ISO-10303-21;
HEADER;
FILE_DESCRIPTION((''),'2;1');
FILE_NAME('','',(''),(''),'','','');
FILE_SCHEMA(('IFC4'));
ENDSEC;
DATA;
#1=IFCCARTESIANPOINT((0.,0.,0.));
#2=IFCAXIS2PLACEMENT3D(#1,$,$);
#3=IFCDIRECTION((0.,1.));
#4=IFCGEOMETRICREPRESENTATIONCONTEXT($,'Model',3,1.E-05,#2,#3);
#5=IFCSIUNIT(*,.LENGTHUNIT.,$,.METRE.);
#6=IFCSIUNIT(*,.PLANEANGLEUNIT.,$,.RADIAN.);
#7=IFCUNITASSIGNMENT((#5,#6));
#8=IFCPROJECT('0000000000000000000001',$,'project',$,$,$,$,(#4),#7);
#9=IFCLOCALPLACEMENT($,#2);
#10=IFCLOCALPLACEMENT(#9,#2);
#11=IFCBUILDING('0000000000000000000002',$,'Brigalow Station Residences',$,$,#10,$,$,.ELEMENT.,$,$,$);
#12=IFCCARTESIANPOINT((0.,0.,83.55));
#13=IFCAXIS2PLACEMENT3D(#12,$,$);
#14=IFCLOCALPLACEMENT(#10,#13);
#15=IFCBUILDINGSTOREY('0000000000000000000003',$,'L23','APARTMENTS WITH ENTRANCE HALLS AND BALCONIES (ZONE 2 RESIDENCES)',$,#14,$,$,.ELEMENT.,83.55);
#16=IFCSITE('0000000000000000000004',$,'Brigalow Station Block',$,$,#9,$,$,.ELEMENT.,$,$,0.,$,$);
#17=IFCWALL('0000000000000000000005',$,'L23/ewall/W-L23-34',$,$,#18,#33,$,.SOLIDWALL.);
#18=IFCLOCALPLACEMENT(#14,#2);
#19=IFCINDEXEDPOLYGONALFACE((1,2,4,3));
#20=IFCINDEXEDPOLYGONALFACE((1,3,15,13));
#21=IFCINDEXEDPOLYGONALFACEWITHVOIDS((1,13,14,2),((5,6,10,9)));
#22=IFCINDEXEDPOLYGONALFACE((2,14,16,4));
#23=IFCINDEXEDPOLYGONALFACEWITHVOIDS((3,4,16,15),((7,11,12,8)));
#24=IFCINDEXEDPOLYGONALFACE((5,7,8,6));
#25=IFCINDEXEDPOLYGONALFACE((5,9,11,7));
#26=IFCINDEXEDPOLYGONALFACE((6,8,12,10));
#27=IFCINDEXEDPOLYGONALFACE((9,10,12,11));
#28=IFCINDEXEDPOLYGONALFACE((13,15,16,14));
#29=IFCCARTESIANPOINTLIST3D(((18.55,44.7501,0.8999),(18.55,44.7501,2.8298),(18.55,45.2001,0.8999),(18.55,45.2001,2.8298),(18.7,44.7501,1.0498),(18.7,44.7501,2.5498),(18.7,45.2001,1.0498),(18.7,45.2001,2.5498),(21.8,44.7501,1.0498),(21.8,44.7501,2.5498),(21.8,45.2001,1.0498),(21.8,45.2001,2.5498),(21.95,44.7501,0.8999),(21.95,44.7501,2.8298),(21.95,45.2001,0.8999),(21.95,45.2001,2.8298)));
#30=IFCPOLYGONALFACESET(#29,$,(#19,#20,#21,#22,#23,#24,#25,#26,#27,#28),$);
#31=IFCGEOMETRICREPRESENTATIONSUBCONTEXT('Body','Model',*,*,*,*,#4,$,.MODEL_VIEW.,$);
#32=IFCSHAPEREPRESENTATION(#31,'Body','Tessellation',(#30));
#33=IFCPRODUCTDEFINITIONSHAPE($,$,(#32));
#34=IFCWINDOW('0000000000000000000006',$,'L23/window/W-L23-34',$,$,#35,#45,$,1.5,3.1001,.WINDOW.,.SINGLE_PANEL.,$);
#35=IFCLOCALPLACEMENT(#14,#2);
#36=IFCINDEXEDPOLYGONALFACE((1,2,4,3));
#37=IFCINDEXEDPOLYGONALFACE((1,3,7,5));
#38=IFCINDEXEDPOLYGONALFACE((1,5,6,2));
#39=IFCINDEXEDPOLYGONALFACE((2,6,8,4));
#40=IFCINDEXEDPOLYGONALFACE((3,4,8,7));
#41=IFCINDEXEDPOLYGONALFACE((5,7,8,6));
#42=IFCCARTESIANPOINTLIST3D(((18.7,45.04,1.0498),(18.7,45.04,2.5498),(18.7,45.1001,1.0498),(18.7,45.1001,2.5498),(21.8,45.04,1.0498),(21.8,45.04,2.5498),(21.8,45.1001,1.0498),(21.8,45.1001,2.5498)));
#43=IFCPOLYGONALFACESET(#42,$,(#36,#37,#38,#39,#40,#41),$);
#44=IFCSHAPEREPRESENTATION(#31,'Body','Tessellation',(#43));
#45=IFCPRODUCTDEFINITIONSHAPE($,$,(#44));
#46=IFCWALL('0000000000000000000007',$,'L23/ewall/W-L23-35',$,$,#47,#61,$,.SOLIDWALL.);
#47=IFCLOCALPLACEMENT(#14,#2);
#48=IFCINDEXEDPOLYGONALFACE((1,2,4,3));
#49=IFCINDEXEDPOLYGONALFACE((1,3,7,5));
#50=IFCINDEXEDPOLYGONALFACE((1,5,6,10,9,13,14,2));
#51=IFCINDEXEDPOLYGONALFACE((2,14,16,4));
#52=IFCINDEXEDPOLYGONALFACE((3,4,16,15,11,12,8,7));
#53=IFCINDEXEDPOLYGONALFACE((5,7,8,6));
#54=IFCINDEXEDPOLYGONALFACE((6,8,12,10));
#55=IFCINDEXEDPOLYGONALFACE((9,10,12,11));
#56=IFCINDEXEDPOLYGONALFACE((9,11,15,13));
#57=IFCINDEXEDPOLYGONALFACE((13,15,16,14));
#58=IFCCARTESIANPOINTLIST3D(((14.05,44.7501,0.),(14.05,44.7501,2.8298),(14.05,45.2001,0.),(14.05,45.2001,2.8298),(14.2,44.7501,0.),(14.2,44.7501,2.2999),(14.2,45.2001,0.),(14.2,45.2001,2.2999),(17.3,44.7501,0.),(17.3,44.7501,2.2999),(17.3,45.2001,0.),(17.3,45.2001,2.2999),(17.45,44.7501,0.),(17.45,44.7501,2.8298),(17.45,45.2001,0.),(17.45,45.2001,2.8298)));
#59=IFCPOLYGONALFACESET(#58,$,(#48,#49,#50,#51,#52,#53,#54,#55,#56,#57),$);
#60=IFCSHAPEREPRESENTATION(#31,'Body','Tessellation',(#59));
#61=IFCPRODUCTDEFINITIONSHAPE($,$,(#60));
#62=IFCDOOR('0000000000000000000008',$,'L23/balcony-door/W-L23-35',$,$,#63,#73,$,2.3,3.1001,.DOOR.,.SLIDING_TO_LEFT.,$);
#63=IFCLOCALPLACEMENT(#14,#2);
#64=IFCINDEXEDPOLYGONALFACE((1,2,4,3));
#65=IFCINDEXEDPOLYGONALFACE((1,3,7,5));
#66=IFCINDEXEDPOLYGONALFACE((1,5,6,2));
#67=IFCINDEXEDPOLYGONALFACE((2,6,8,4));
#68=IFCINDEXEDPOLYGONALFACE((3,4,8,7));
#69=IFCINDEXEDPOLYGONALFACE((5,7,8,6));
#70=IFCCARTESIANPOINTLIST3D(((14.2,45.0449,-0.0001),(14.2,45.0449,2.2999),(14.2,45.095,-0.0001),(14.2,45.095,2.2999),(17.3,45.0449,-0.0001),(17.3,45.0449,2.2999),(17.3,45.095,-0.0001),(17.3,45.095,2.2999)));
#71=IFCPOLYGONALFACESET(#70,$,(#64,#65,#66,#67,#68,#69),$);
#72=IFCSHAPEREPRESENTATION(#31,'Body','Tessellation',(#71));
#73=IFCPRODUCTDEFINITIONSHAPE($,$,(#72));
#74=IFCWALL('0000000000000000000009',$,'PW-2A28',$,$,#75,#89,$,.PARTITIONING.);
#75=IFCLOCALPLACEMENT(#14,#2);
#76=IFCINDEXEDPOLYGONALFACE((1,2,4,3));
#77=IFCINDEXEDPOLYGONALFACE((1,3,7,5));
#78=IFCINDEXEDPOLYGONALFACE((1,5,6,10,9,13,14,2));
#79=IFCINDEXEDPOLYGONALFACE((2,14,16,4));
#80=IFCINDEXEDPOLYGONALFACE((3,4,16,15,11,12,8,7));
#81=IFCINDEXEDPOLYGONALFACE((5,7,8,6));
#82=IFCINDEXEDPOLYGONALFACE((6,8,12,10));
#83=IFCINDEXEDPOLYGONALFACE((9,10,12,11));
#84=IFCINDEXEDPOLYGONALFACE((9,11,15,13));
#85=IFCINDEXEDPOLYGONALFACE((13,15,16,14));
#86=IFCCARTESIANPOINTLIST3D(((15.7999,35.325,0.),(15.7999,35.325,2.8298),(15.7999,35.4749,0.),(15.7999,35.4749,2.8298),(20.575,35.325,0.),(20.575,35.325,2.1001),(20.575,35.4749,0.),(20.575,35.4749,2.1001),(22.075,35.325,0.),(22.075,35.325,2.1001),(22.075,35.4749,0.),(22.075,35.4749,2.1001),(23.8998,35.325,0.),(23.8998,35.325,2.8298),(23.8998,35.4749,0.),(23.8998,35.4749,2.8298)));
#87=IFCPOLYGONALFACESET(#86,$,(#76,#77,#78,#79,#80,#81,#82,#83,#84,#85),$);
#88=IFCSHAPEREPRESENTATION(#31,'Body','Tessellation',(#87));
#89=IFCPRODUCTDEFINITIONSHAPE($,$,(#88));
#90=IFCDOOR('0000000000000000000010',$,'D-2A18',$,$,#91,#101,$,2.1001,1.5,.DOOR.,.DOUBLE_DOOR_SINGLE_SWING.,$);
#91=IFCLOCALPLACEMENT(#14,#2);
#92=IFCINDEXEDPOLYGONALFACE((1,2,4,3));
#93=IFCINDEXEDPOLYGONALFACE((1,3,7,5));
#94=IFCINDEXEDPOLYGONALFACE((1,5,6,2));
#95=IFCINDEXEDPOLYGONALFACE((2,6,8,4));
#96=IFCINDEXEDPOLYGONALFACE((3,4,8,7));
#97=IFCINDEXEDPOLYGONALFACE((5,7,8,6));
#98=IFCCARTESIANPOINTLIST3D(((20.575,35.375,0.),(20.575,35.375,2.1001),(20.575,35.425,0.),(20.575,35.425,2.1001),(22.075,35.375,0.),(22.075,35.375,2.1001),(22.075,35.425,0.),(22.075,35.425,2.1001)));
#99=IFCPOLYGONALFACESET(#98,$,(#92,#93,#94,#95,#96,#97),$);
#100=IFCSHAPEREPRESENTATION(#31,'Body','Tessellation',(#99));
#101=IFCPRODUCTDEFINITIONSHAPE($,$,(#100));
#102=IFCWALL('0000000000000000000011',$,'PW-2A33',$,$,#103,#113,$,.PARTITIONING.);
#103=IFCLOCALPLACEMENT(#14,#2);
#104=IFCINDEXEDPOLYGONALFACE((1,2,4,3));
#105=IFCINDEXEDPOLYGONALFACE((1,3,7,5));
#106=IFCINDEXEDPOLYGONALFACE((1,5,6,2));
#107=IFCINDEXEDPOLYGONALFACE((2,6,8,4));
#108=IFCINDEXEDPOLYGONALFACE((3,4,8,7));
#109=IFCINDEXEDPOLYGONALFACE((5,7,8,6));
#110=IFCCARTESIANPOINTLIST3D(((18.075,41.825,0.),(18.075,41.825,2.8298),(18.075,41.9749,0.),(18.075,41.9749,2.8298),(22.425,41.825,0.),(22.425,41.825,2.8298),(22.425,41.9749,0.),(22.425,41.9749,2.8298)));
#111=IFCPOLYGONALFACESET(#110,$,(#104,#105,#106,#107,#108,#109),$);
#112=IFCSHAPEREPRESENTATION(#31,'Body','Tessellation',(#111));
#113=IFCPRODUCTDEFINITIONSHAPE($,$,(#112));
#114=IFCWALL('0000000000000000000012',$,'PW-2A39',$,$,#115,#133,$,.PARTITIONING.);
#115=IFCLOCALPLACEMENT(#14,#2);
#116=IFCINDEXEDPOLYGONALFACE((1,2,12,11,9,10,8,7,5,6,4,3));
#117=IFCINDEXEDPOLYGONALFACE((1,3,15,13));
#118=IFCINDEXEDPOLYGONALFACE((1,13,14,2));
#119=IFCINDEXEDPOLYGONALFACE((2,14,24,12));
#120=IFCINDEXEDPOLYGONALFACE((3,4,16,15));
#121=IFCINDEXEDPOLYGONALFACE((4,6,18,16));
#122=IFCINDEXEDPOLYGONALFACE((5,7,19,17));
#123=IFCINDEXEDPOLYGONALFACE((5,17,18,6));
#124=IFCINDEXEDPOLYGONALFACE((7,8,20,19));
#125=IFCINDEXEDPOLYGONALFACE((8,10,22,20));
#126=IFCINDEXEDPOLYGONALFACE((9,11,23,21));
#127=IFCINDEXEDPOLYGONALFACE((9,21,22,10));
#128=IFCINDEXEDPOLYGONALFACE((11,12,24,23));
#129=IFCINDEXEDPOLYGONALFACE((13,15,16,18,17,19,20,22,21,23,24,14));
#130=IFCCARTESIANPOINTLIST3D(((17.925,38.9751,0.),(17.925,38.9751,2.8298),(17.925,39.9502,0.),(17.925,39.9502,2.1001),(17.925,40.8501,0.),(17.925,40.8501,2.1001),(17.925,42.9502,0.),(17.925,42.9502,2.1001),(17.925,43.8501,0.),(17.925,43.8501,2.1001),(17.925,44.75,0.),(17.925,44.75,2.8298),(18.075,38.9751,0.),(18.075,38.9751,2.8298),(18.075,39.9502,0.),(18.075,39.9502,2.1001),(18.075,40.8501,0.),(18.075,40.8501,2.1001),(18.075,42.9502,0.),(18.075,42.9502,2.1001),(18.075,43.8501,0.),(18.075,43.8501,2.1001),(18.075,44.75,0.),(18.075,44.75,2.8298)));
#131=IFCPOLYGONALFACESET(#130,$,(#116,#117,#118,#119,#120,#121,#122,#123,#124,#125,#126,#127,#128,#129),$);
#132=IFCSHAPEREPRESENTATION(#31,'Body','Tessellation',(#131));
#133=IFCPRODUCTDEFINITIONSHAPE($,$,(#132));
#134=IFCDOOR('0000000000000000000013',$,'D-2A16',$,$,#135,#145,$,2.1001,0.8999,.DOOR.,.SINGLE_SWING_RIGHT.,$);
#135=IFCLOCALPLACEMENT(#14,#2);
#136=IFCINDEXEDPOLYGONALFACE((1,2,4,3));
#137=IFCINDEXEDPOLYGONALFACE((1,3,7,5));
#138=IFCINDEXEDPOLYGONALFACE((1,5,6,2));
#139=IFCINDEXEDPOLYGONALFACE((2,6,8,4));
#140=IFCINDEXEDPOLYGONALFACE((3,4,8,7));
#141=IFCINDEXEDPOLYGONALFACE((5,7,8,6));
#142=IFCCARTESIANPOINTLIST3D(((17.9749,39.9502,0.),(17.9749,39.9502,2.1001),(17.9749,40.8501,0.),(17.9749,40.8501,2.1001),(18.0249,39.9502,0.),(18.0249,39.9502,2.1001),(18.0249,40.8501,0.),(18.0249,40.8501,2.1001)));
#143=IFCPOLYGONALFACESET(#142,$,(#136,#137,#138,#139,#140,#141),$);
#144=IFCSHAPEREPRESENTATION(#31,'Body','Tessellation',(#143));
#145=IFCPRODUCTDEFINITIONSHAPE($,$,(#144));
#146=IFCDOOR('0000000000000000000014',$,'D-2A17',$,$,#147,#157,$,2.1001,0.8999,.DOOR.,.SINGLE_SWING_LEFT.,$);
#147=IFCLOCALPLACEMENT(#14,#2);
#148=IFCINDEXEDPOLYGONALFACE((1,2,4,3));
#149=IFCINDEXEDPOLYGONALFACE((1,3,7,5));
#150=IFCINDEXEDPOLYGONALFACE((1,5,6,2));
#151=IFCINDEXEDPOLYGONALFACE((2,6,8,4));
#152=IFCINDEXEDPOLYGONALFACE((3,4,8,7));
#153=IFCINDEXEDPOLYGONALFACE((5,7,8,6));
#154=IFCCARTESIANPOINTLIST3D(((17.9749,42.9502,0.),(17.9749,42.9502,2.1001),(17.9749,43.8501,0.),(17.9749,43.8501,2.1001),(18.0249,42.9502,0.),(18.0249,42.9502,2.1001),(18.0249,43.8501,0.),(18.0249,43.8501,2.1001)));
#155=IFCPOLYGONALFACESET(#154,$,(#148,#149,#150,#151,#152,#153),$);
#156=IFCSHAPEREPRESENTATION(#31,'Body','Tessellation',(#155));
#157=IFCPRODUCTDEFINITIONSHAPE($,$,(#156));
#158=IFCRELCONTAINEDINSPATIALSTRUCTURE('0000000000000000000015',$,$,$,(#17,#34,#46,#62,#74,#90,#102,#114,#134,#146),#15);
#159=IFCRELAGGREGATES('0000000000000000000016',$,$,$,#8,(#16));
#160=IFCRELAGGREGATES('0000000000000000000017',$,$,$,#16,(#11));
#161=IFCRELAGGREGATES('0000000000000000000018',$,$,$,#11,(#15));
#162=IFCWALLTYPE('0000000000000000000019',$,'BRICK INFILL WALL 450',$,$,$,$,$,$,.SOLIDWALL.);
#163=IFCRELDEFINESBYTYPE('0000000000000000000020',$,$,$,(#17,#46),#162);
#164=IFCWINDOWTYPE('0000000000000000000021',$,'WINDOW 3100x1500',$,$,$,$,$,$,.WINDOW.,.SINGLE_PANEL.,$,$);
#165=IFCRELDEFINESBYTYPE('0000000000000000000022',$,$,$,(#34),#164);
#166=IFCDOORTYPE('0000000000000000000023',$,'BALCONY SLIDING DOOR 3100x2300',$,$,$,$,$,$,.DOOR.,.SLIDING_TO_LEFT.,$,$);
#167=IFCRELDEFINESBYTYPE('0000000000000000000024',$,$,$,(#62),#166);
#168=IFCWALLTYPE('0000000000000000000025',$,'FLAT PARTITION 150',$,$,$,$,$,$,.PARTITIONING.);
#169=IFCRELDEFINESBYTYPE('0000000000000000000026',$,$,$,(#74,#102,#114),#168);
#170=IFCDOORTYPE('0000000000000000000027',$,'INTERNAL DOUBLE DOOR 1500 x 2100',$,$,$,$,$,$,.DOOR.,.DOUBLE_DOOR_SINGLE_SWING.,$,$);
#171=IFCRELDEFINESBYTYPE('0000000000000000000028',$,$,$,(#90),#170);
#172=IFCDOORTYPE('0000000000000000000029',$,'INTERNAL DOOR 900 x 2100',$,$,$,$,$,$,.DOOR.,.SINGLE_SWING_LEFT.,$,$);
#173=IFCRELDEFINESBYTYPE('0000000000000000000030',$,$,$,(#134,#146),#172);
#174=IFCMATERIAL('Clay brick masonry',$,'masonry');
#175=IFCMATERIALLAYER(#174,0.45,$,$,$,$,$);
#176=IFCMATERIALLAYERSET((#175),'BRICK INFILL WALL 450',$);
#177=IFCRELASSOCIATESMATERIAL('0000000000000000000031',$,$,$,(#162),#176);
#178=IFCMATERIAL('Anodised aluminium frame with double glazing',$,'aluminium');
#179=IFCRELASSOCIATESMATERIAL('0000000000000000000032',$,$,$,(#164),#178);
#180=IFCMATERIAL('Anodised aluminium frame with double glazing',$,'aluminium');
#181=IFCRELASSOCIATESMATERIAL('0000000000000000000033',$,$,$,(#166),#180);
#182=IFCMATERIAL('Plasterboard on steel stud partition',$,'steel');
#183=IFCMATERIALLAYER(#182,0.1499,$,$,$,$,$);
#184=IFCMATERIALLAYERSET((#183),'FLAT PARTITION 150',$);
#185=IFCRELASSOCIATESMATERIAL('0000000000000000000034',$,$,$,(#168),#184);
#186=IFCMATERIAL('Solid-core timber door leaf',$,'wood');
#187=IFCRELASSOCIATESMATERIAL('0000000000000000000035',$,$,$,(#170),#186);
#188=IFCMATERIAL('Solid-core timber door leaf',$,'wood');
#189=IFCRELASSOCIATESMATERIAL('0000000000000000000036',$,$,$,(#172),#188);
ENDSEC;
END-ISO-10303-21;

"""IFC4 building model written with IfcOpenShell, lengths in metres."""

from ifc_helpers import new_model, si_unit, direction, frame, frame_2d, origin, place, context, subcontext, project, spatial, rectangle, extrude, material, layer, layer_set, type_object, element, fill, save


model = new_model("IFC4")

# Units and contexts
model_context = context("Model", 3, precision=1e-05, world=origin(), true_north=direction((0.0, 1.0)))
body_context = subcontext(model_context, "Body", "Model", "MODEL_VIEW")
ifc_project = project(units=[si_unit("LENGTHUNIT", "METRE"), si_unit("PLANEANGLEUNIT", "RADIAN")], contexts=[model_context])

# Site, building, storey
site_placement = place(None, origin())
site = spatial("IfcSite", under=ifc_project, at=site_placement, Name="Brigalow Station Block", CompositionType="ELEMENT", RefElevation=0.0)
building_placement = place(site_placement, origin())
building = spatial("IfcBuilding", under=site, at=building_placement, Name="Brigalow Station Residences", CompositionType="ELEMENT")
storey_placement = place(building_placement, frame((0.0, 0.0, 83.55)))
storey = spatial("IfcBuildingStorey", under=building, at=storey_placement, Name="L23", Description="APARTMENTS WITH ENTRANCE HALLS AND BALCONIES (ZONE 2 RESIDENCES)", CompositionType="ELEMENT", Elevation=83.55)

# Wall, opening, window
ifc_material_1 = material(Name="Clay brick masonry", Category="masonry")
ifc_layer_1 = layer(ifc_material_1, 0.45)
ifc_layer_set_1 = layer_set([ifc_layer_1], Name="BRICK INFILL WALL 450")
wall_type_1 = type_object("IfcWallType", Name="BRICK INFILL WALL 450", PredefinedType="SOLIDWALL", material=ifc_layer_set_1)
ifc_material_2 = material(Name="Anodised aluminium frame with double glazing", Category="aluminium")
window_type = type_object("IfcWindowType", Name="WINDOW 3100x1500", PartitioningType="SINGLE_PANEL", PredefinedType="WINDOW", material=ifc_material_2)
wall_1_placement = place(storey_placement, frame((21.95, 44.9751, 0.8999), z_axis=(0.0, 0.0, 1.0), x_axis=(-1.0, 0.0, 0.0)))
wall_1 = element("IfcWall", 1, at=wall_1_placement, inside=storey, type_object=wall_type_1, Name="L23/ewall/W-L23-34", PredefinedType="SOLIDWALL", context=body_context, shape_type="SweptSolid", body=[
    extrude(rectangle(XDim=3.3999, YDim=0.45, at=frame_2d((1.7, 0.0))), origin(), (0.0, 0.0, 1.0), 1.9299),
])
opening_1_placement = place(wall_1_placement, frame((0.1499, 0.0, 0.1499)))
opening_1 = element("IfcOpeningElement", 2, at=opening_1_placement, cuts=wall_1, PredefinedType="OPENING", context=body_context, shape_type="SweptSolid", body=[
    extrude(rectangle(XDim=3.1001, YDim=1.5, at=frame_2d((1.55, 0.75))), frame((0.0, 0.2349, 0.0), z_axis=(0.0, -1.0, 0.0), x_axis=(1.0, 0.0, 0.0)), (0.0, 0.0, 1.0), 0.47),
])
window_1_placement = place(opening_1_placement, origin())
window_1 = element("IfcWindow", 3, at=window_1_placement, inside=storey, type_object=window_type, Name="L23/window/W-L23-34", OverallHeight=1.5, OverallWidth=3.1001, PartitioningType="SINGLE_PANEL", PredefinedType="WINDOW", context=body_context, shape_type="SweptSolid", body=[
    extrude(rectangle(XDim=3.1001, YDim=1.5, at=frame_2d((1.55, 0.75))), frame((0.0, -0.0649, 0.0), z_axis=(0.0, -1.0, 0.0), x_axis=(1.0, 0.0, 0.0)), (0.0, 0.0, 1.0), 0.0601),
])
fill(opening_1, window_1)

# Walls, openings, doors
wall_2_placement = place(storey_placement, frame((17.45, 44.9751, 0.0), z_axis=(0.0, 0.0, 1.0), x_axis=(-1.0, 0.0, 0.0)))
wall_2 = element("IfcWall", 4, at=wall_2_placement, inside=storey, type_object=wall_type_1, Name="L23/ewall/W-L23-35", PredefinedType="SOLIDWALL", context=body_context, shape_type="SweptSolid", body=[
    extrude(rectangle(XDim=3.3999, YDim=0.45, at=frame_2d((1.7, 0.0))), origin(), (0.0, 0.0, 1.0), 2.8298),
])
opening_2_placement = place(wall_2_placement, frame((0.1499, 0.0, 0.0)))
opening_2 = element("IfcOpeningElement", 5, at=opening_2_placement, cuts=wall_2, PredefinedType="OPENING", context=body_context, shape_type="SweptSolid", body=[
    extrude(rectangle(XDim=3.1001, YDim=2.3, at=frame_2d((1.55, 1.1499))), frame((0.0, 0.2349, 0.0), z_axis=(0.0, -1.0, 0.0), x_axis=(1.0, 0.0, 0.0)), (0.0, 0.0, 1.0), 0.47),
])
ifc_material_3 = material(Name="Anodised aluminium frame with double glazing", Category="aluminium")
door_type_1 = type_object("IfcDoorType", Name="BALCONY SLIDING DOOR 3100x2300", OperationType="SLIDING_TO_LEFT", PredefinedType="DOOR", material=ifc_material_3)
door_1_placement = place(opening_2_placement, origin())
door_1 = element("IfcDoor", 6, at=door_1_placement, inside=storey, type_object=door_type_1, Name="L23/balcony-door/W-L23-35", OperationType="SLIDING_TO_LEFT", OverallHeight=2.3, OverallWidth=3.1001, PredefinedType="DOOR", context=body_context, shape_type="SweptSolid", body=[
    extrude(rectangle(XDim=3.1001, YDim=2.3, at=frame_2d((1.55, 1.1499))), frame((0.0, -0.0698, 0.0), z_axis=(0.0, -1.0, 0.0), x_axis=(1.0, 0.0, 0.0)), (0.0, 0.0, 1.0), 0.05),
])
fill(opening_2, door_1)
ifc_material_4 = material(Name="Plasterboard on steel stud partition", Category="steel")
ifc_layer_2 = layer(ifc_material_4, 0.1499)
ifc_layer_set_2 = layer_set([ifc_layer_2], Name="FLAT PARTITION 150")
wall_type_2 = type_object("IfcWallType", Name="FLAT PARTITION 150", PredefinedType="PARTITIONING", material=ifc_layer_set_2)
wall_3_placement = place(storey_placement, frame((15.8, 35.3999, 0.0), z_axis=(0.0, 0.0, 1.0), x_axis=(1.0, 0.0, 0.0)))
wall_3 = element("IfcWall", 7, at=wall_3_placement, inside=storey, type_object=wall_type_2, Name="PW-2A28", PredefinedType="PARTITIONING", context=body_context, shape_type="SweptSolid", body=[
    extrude(rectangle(XDim=8.0999, YDim=0.1499, at=frame_2d((4.0498, 0.0))), origin(), (0.0, 0.0, 1.0), 2.8298),
])
opening_3_placement = place(wall_3_placement, frame((4.7749, 0.0, 0.0)))
opening_3 = element("IfcOpeningElement", 8, at=opening_3_placement, cuts=wall_3, PredefinedType="OPENING", context=body_context, shape_type="SweptSolid", body=[
    extrude(rectangle(XDim=1.5, YDim=2.1001, at=frame_2d((0.75, 1.05))), frame((0.0, 0.085, 0.0), z_axis=(0.0, -1.0, 0.0), x_axis=(1.0, 0.0, 0.0)), (0.0, 0.0, 1.0), 0.1699),
])
ifc_material_5 = material(Name="Solid-core timber door leaf", Category="wood")
door_type_2 = type_object("IfcDoorType", Name="INTERNAL DOUBLE DOOR 1500 x 2100", OperationType="DOUBLE_DOOR_SINGLE_SWING", PredefinedType="DOOR", material=ifc_material_5)
door_2_placement = place(opening_3_placement, frame((1.5, 0.0, 0.0), z_axis=(0.0, 0.0, 1.0), x_axis=(-1.0, 0.0, 0.0)))
door_2 = element("IfcDoor", 9, at=door_2_placement, inside=storey, type_object=door_type_2, Name="D-2A18", OperationType="DOUBLE_DOOR_SINGLE_SWING", OverallHeight=2.1001, OverallWidth=1.5, PredefinedType="DOOR", context=body_context, shape_type="SweptSolid", body=[
    extrude(rectangle(XDim=1.5, YDim=2.1001, at=frame_2d((0.75, 1.05))), frame((0.0, 0.0249, 0.0), z_axis=(0.0, -1.0, 0.0), x_axis=(1.0, 0.0, 0.0)), (0.0, 0.0, 1.0), 0.05),
])
fill(opening_3, door_2)

# Wall
wall_4_placement = place(storey_placement, frame((18.075, 41.8999, 0.0), z_axis=(0.0, 0.0, 1.0), x_axis=(1.0, 0.0, 0.0)))
element("IfcWall", 10, at=wall_4_placement, inside=storey, type_object=wall_type_2, Name="PW-2A33", PredefinedType="PARTITIONING", context=body_context, shape_type="SweptSolid", body=[
    extrude(rectangle(XDim=4.3501, YDim=0.1499, at=frame_2d((2.175, 0.0))), origin(), (0.0, 0.0, 1.0), 2.8298),
])

# Wall, openings, doors
wall_5_placement = place(storey_placement, frame((18.0, 38.9751, 0.0), z_axis=(0.0, 0.0, 1.0), x_axis=(0.0, 1.0, 0.0)))
wall_5 = element("IfcWall", 11, at=wall_5_placement, inside=storey, type_object=wall_type_2, Name="PW-2A39", PredefinedType="PARTITIONING", context=body_context, shape_type="SweptSolid", body=[
    extrude(rectangle(XDim=5.7749, YDim=0.1499, at=frame_2d((2.8875, 0.0))), origin(), (0.0, 0.0, 1.0), 2.8298),
])
opening_4_placement = place(wall_5_placement, frame((0.9751, 0.0, 0.0)))
opening_4 = element("IfcOpeningElement", 12, at=opening_4_placement, cuts=wall_5, PredefinedType="OPENING", context=body_context, shape_type="SweptSolid", body=[
    extrude(rectangle(XDim=0.8999, YDim=2.1001, at=frame_2d((0.45, 1.05))), frame((0.0, 0.085, 0.0), z_axis=(0.0, -1.0, 0.0), x_axis=(1.0, 0.0, 0.0)), (0.0, 0.0, 1.0), 0.1699),
])
opening_5_placement = place(wall_5_placement, frame((3.9751, 0.0, 0.0)))
opening_5 = element("IfcOpeningElement", 13, at=opening_5_placement, cuts=wall_5, PredefinedType="OPENING", context=body_context, shape_type="SweptSolid", body=[
    extrude(rectangle(XDim=0.8999, YDim=2.1001, at=frame_2d((0.45, 1.05))), frame((0.0, 0.085, 0.0), z_axis=(0.0, -1.0, 0.0), x_axis=(1.0, 0.0, 0.0)), (0.0, 0.0, 1.0), 0.1699),
])
ifc_material_6 = material(Name="Solid-core timber door leaf", Category="wood")
door_type_3 = type_object("IfcDoorType", Name="INTERNAL DOOR 900 x 2100", OperationType="SINGLE_SWING_LEFT", PredefinedType="DOOR", material=ifc_material_6)
door_3_placement = place(opening_4_placement, frame((0.8999, 0.0, 0.0), z_axis=(0.0, 0.0, 1.0), x_axis=(-1.0, 0.0, 0.0)))
door_3 = element("IfcDoor", 14, at=door_3_placement, inside=storey, type_object=door_type_3, Name="D-2A16", OperationType="SINGLE_SWING_RIGHT", OverallHeight=2.1001, OverallWidth=0.8999, PredefinedType="DOOR", context=body_context, shape_type="SweptSolid", body=[
    extrude(rectangle(XDim=0.8999, YDim=2.1001, at=frame_2d((0.45, 1.05))), frame((0.0, 0.0249, 0.0), z_axis=(0.0, -1.0, 0.0), x_axis=(1.0, 0.0, 0.0)), (0.0, 0.0, 1.0), 0.05),
])
fill(opening_4, door_3)
door_4_placement = place(opening_5_placement, frame((0.8999, 0.0, 0.0), z_axis=(0.0, 0.0, 1.0), x_axis=(-1.0, 0.0, 0.0)))
door_4 = element("IfcDoor", 15, at=door_4_placement, inside=storey, type_object=door_type_3, Name="D-2A17", OperationType="SINGLE_SWING_LEFT", OverallHeight=2.1001, OverallWidth=0.8999, PredefinedType="DOOR", context=body_context, shape_type="SweptSolid", body=[
    extrude(rectangle(XDim=0.8999, YDim=2.1001, at=frame_2d((0.45, 1.05))), frame((0.0, 0.0249, 0.0), z_axis=(0.0, -1.0, 0.0), x_axis=(1.0, 0.0, 0.0)), (0.0, 0.0, 1.0), 0.05),
])
fill(opening_5, door_4)

save(model, "model.ifc")
